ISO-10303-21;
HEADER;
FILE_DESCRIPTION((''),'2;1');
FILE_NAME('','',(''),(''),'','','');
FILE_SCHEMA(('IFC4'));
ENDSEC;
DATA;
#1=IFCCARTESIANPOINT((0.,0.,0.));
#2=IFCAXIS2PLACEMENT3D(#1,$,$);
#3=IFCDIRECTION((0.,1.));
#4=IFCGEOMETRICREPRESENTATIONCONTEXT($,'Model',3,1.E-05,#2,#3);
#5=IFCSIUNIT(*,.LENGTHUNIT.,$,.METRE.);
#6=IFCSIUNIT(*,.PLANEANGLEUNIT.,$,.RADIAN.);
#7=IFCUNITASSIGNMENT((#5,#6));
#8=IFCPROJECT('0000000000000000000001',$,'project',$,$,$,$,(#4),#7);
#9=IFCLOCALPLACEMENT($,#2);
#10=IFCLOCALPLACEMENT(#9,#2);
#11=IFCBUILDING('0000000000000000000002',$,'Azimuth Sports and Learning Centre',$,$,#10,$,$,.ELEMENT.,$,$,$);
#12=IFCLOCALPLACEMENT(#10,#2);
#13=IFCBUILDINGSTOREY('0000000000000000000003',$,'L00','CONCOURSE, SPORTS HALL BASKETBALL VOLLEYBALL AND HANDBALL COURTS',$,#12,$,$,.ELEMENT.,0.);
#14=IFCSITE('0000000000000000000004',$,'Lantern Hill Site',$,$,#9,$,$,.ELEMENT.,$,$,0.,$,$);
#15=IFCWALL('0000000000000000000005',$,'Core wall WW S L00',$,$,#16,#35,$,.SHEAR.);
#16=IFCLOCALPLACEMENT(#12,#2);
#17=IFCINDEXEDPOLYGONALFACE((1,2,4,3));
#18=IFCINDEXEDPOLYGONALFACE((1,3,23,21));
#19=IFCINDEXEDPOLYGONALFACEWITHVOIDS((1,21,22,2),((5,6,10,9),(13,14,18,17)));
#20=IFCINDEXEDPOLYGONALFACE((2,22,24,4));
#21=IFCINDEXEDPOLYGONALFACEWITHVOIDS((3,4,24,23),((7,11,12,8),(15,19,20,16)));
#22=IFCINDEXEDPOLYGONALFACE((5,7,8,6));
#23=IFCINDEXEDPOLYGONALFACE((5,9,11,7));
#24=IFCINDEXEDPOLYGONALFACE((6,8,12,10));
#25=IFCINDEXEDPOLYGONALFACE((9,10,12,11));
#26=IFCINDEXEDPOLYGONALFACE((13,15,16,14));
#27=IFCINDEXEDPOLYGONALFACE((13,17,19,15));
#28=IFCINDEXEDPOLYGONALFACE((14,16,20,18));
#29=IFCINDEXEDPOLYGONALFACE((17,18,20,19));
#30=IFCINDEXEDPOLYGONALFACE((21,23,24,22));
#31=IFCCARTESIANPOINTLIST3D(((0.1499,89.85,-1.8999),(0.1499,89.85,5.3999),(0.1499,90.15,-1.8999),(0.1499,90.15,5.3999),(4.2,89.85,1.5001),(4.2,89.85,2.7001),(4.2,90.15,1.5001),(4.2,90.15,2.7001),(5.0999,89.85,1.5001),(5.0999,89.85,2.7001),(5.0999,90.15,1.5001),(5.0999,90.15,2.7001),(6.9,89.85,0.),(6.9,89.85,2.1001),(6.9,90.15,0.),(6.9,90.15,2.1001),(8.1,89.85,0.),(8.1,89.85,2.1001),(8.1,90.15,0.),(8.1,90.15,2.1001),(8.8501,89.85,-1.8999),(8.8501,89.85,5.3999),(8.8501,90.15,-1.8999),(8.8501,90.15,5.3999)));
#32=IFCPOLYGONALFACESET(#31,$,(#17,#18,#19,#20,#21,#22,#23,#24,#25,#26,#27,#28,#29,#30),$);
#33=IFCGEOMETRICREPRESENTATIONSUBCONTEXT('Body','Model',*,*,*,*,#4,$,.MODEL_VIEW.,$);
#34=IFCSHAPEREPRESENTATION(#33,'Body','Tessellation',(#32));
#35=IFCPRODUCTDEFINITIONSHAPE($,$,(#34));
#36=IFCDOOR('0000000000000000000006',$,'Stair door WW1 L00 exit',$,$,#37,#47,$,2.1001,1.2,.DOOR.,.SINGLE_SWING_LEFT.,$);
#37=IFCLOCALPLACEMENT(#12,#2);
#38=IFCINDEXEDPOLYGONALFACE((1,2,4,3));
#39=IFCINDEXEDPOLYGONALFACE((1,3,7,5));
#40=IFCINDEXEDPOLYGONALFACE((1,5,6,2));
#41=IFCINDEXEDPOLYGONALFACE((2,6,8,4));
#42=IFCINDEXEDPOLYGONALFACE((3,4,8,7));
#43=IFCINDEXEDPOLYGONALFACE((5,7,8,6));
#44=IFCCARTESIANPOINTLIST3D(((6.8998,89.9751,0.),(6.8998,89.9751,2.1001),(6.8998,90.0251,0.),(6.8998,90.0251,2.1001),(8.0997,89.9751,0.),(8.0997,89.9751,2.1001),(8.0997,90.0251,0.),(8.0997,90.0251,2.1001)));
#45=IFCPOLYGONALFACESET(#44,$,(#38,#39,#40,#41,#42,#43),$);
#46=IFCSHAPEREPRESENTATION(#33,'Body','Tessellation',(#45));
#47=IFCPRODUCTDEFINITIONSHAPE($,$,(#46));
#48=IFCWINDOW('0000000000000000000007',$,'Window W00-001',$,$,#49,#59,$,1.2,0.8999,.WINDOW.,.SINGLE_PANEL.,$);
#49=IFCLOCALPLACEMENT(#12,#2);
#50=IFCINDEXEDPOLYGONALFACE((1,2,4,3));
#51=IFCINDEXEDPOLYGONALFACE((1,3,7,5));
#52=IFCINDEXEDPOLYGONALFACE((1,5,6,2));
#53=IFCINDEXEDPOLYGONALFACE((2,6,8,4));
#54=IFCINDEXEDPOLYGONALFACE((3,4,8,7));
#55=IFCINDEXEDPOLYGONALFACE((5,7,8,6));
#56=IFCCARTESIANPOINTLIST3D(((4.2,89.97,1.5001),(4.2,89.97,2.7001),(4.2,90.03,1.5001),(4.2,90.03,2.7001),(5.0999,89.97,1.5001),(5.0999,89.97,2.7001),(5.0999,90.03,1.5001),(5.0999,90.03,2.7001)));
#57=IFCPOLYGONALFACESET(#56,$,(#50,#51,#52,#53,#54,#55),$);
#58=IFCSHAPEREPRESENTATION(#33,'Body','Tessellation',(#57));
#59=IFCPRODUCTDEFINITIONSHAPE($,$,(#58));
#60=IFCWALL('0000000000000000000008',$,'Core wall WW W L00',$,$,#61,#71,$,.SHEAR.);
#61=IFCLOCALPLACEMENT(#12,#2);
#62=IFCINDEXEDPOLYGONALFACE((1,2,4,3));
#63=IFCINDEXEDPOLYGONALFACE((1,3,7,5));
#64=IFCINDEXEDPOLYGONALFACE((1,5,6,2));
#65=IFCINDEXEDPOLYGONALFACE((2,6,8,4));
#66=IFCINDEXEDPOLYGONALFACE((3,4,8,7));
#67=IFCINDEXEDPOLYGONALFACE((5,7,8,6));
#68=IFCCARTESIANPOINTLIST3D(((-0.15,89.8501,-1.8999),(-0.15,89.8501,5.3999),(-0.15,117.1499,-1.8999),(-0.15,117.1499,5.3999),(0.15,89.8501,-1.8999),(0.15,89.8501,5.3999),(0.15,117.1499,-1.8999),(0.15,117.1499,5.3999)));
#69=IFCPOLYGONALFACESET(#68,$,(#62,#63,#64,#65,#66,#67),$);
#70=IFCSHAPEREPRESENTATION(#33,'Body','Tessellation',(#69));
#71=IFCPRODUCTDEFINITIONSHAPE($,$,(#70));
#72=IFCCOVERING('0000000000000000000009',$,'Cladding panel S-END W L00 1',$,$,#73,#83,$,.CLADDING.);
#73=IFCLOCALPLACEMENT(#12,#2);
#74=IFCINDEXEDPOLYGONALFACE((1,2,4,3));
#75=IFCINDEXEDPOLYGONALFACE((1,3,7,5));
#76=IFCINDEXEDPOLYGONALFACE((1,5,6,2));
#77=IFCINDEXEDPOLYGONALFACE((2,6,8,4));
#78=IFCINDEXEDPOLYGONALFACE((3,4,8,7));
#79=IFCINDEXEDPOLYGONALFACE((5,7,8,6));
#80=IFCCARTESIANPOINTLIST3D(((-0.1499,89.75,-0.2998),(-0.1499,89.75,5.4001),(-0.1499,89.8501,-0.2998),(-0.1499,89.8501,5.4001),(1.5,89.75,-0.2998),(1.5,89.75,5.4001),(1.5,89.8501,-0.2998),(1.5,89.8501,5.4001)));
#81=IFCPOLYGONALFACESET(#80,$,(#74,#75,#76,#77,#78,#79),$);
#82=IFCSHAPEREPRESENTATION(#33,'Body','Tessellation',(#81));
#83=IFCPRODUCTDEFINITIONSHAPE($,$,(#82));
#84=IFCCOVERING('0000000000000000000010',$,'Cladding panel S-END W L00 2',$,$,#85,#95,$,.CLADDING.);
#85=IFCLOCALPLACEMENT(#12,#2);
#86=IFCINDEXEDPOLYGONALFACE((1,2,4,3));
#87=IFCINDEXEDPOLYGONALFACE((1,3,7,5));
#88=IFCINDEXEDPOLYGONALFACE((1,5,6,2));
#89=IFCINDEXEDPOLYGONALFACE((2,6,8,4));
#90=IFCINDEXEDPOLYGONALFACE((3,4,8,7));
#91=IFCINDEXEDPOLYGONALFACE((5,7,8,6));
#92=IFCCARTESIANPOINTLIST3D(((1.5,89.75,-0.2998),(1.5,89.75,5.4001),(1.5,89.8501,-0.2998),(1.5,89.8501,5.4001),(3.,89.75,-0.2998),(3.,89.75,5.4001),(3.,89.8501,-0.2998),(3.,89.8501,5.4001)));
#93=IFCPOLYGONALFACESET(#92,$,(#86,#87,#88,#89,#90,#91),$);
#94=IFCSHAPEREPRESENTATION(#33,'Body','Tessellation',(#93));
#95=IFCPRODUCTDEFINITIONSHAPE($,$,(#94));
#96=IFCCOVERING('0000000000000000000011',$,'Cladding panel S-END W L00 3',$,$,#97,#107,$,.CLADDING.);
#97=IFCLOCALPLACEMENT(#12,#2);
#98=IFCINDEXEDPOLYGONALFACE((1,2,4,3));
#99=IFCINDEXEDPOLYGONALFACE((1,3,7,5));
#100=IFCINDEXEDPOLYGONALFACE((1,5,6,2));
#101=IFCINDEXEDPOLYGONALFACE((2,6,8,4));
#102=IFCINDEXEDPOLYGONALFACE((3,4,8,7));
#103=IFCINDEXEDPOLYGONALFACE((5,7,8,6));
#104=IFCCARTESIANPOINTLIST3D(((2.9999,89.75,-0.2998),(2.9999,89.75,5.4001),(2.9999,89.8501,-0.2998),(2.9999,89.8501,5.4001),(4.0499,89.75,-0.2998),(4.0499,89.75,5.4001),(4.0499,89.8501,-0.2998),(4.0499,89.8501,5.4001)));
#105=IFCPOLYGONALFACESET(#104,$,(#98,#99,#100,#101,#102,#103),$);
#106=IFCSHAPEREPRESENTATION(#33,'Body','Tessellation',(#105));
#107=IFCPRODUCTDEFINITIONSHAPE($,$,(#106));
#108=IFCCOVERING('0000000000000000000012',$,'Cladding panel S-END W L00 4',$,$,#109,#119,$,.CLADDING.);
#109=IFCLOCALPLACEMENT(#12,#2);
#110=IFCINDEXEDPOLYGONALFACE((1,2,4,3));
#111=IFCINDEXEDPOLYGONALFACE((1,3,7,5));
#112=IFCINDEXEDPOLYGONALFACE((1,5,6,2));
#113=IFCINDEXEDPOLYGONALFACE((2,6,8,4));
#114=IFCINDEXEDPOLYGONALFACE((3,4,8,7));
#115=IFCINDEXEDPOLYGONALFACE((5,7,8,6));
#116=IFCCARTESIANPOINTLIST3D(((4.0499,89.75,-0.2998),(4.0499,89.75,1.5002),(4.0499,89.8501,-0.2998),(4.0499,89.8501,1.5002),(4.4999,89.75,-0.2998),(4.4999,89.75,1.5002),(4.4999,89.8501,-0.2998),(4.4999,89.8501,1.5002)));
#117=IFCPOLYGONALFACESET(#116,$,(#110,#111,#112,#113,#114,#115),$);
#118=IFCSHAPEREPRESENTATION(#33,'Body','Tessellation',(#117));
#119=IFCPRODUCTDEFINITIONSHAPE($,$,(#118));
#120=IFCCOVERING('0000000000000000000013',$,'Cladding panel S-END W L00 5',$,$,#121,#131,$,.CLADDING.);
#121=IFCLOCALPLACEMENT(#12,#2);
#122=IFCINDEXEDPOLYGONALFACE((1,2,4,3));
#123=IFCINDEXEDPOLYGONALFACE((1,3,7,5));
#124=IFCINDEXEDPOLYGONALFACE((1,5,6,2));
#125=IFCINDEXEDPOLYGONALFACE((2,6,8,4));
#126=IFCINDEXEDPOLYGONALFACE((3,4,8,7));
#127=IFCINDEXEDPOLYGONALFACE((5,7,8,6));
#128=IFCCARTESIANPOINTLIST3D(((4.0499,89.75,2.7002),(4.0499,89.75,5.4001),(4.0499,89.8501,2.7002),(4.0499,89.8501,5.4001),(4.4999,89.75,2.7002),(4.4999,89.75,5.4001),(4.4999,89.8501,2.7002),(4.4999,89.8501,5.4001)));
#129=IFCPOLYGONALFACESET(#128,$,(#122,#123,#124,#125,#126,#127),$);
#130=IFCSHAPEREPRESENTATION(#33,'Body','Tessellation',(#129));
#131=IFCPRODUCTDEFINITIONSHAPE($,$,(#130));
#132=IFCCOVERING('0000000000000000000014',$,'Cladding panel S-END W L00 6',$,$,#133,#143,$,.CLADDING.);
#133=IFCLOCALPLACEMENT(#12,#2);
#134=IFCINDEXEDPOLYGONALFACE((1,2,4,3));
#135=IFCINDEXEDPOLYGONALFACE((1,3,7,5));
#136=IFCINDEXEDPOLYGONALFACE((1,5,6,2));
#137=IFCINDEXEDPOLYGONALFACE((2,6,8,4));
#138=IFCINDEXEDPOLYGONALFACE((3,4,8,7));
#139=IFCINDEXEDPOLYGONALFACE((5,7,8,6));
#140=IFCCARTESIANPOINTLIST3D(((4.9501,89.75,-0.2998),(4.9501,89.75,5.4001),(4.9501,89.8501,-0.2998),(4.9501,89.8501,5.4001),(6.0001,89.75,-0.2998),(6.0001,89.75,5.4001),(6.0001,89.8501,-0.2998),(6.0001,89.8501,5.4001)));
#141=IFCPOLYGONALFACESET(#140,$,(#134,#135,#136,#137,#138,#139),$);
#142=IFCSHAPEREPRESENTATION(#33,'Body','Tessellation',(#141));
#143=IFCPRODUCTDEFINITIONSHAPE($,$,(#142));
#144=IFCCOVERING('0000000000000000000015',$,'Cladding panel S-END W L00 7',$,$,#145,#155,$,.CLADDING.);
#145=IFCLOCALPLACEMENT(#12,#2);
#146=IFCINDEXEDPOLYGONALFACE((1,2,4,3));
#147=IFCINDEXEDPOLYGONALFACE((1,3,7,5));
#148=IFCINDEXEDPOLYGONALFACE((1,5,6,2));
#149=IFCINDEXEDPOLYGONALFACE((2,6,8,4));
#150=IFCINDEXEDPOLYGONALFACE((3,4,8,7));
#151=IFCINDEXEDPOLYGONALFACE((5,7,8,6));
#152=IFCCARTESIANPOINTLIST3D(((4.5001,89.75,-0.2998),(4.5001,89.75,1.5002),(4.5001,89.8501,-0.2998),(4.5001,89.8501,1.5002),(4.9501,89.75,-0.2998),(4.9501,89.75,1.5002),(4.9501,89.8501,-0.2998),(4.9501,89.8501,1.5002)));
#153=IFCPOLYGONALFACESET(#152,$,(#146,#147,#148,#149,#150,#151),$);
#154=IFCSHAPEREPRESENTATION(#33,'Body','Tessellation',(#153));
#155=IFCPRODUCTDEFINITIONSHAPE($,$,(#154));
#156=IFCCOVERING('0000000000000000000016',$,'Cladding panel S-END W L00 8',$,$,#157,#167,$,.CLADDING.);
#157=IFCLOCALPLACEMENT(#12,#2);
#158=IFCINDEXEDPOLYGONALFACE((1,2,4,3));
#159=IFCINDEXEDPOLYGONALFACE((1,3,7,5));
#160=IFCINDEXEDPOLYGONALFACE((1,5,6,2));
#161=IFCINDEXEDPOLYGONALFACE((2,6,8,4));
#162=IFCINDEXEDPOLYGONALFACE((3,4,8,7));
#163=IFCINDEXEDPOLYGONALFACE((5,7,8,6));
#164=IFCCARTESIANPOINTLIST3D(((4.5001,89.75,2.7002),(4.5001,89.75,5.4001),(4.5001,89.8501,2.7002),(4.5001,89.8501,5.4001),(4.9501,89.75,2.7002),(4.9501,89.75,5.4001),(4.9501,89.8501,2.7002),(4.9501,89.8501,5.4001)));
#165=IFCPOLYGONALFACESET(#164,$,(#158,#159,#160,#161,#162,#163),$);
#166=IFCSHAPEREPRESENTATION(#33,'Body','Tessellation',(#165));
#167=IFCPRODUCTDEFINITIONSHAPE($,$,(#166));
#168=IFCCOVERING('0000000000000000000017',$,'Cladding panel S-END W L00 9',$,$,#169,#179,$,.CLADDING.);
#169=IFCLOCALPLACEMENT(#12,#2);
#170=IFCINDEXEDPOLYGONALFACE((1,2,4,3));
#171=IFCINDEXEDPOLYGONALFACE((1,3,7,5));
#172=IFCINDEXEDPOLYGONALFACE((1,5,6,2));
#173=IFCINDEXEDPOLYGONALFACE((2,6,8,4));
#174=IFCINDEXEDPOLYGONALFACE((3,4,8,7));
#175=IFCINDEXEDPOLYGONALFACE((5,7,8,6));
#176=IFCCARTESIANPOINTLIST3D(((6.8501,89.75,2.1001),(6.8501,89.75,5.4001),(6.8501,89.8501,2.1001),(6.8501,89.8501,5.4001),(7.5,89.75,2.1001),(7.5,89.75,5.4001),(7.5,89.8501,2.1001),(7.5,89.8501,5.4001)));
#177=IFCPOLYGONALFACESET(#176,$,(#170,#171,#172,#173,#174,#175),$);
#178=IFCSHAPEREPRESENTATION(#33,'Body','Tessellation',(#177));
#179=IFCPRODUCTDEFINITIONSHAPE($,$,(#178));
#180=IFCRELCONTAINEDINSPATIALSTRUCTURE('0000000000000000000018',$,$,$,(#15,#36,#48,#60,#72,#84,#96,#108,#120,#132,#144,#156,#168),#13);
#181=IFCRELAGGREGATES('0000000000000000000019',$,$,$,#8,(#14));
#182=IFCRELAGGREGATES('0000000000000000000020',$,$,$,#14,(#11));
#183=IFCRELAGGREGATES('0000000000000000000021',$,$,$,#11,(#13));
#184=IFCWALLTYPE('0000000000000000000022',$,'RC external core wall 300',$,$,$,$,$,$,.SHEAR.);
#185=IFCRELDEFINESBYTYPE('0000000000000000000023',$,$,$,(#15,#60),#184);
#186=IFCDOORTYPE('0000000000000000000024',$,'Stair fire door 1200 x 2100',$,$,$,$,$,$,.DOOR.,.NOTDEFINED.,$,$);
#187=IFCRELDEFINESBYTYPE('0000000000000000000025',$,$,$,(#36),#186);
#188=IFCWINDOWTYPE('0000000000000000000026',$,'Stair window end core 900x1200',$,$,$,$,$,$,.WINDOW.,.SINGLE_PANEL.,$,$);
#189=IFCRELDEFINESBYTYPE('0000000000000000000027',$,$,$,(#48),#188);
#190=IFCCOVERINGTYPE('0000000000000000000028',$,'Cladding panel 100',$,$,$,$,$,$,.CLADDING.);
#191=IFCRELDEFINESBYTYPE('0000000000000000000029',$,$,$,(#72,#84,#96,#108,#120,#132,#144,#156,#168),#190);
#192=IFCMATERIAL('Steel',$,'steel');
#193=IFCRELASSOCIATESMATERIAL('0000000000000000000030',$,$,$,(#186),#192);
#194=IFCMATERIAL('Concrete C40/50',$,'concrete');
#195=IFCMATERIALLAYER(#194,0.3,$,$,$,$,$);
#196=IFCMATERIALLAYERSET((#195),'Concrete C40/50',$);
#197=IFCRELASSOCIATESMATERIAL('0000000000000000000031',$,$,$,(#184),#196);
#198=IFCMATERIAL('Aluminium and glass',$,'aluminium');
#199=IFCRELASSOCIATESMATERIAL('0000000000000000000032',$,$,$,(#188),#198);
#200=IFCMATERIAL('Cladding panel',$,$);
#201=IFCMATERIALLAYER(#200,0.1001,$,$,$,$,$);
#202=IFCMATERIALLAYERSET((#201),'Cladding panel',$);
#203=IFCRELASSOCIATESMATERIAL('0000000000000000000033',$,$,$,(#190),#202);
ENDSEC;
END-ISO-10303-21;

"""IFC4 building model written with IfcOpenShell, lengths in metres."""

from ifc_helpers import new_model, si_unit, direction, frame, frame_2d, origin, origin_2d, place, context, subcontext, project, spatial, rectangle, extrude, material, layer, layer_set, type_object, element, fill, save


model = new_model("IFC4")

# Units and contexts
model_context = context("Model", 3, precision=1e-05, world=origin(), true_north=direction((0.0, 1.0)))
body_context = subcontext(model_context, "Body", "Model", "MODEL_VIEW")
ifc_project = project(units=[si_unit("LENGTHUNIT", "METRE"), si_unit("PLANEANGLEUNIT", "RADIAN")], contexts=[model_context])

# Site, building, storey
site_placement = place(None, origin())
site = spatial("IfcSite", under=ifc_project, at=site_placement, Name="Lantern Hill Site", CompositionType="ELEMENT", RefElevation=0.0)
building_placement = place(site_placement, origin())
building = spatial("IfcBuilding", under=site, at=building_placement, Name="Azimuth Sports and Learning Centre", CompositionType="ELEMENT")
storey_placement = place(building_placement, origin())
storey = spatial("IfcBuildingStorey", under=building, at=storey_placement, Name="L00", Description="CONCOURSE, SPORTS HALL BASKETBALL VOLLEYBALL AND HANDBALL COURTS", CompositionType="ELEMENT", Elevation=0.0)

# Shared definitions
ifc_material_1 = material(Name="Steel", Category="steel")
door_type_1 = type_object("IfcDoorType", Name="Stair fire door 1200 x 2100", OperationType="NOTDEFINED", PredefinedType="DOOR", material=ifc_material_1)

# Wall, openings, door, window
ifc_material_2 = material(Name="Concrete C40/50", Category="concrete")
ifc_layer_1 = layer(ifc_material_2, 0.3)
ifc_layer_set_1 = layer_set([ifc_layer_1], Name="Concrete C40/50")
wall_type_1 = type_object("IfcWallType", Name="RC external core wall 300", PredefinedType="SHEAR", material=ifc_layer_set_1)
wall_1_placement = place(storey_placement, frame((0.1499, 90.0, -1.8999), z_axis=(0.0, 0.0, 1.0), x_axis=(1.0, 0.0, 0.0)))
wall_1 = element("IfcWall", 1, at=wall_1_placement, inside=storey, type_object=wall_type_1, Name="Core wall WW S L00", PredefinedType="SHEAR", context=body_context, shape_type="SweptSolid", body=[
    extrude(rectangle(XDim=8.7002, YDim=0.3, at=frame_2d((4.3501, 0.0))), origin(), (0.0, 0.0, 1.0), 7.2998),
])
opening_1_placement = place(wall_1_placement, frame((4.05, 0.0, 3.3999)))
opening_1 = element("IfcOpeningElement", 2, at=opening_1_placement, cuts=wall_1, PredefinedType="OPENING", context=body_context, shape_type="SweptSolid", body=[
    extrude(rectangle(XDim=0.8999, YDim=1.2, at=frame_2d((0.45, 0.6001))), frame((0.0, 0.1611, 0.0), z_axis=(0.0, -1.0, 0.0), x_axis=(1.0, 0.0, 0.0)), (0.0, 0.0, 1.0), 0.322),
])
opening_2_placement = place(wall_1_placement, frame((6.75, 0.0, 1.8999)))
opening_2 = element("IfcOpeningElement", 3, at=opening_2_placement, cuts=wall_1, PredefinedType="OPENING", context=body_context, shape_type="SweptSolid", body=[
    extrude(rectangle(XDim=1.2, YDim=2.1001, at=frame_2d((0.6001, 1.05))), frame((0.0, 0.1611, 0.0), z_axis=(0.0, -1.0, 0.0), x_axis=(1.0, 0.0, 0.0)), (0.0, 0.0, 1.0), 0.322),
])
door_1_placement = place(opening_2_placement, frame((1.2, 0.0, 0.0), z_axis=(0.0, 0.0, 1.0), x_axis=(-1.0, 0.0, 0.0)))
door_1 = element("IfcDoor", 4, at=door_1_placement, inside=storey, type_object=door_type_1, Name="Stair door WW1 L00 exit", OperationType="SINGLE_SWING_LEFT", OverallHeight=2.1001, OverallWidth=1.2, PredefinedType="DOOR", context=body_context, shape_type="SweptSolid", body=[
    extrude(rectangle(XDim=1.2, YDim=2.1001, at=frame_2d((0.6001, 1.05))), frame((0.0, 0.0249, 0.0), z_axis=(0.0, -1.0, 0.0), x_axis=(1.0, 0.0, 0.0)), (0.0, 0.0, 1.0), 0.05),
])
fill(opening_2, door_1)
ifc_material_3 = material(Name="Aluminium and glass", Category="aluminium")
window_type = type_object("IfcWindowType", Name="Stair window end core 900x1200", PartitioningType="SINGLE_PANEL", PredefinedType="WINDOW", material=ifc_material_3)
window_placement = place(opening_1_placement, origin())
window = element("IfcWindow", 5, at=window_placement, inside=storey, type_object=window_type, Name="Window W00-001", OverallHeight=1.2, OverallWidth=0.8999, PartitioningType="SINGLE_PANEL", PredefinedType="WINDOW", context=body_context, shape_type="SweptSolid", body=[
    extrude(rectangle(XDim=0.8999, YDim=1.2, at=frame_2d((0.45, 0.6001))), frame((0.0, 0.03, 0.0), z_axis=(0.0, -1.0, 0.0), x_axis=(1.0, 0.0, 0.0)), (0.0, 0.0, 1.0), 0.0601),
])
fill(opening_1, window)

# Wall
wall_2_placement = place(storey_placement, frame((0.0, 89.8501, -1.8999), z_axis=(0.0, 0.0, 1.0), x_axis=(0.0, 1.0, 0.0)))
element("IfcWall", 6, at=wall_2_placement, inside=storey, type_object=wall_type_1, Name="Core wall WW W L00", PredefinedType="SHEAR", context=body_context, shape_type="SweptSolid", body=[
    extrude(rectangle(XDim=27.2998, YDim=0.3, at=frame_2d((13.6499, 0.0))), origin(), (0.0, 0.0, 1.0), 7.2998),
])

# Coverings
ifc_material_4 = material(Name="Cladding panel")
ifc_layer_2 = layer(ifc_material_4, 0.1001)
ifc_layer_set_2 = layer_set([ifc_layer_2], Name="Cladding panel")
covering_type = type_object("IfcCoveringType", Name="Cladding panel 100", PredefinedType="CLADDING", material=ifc_layer_set_2)
covering_1_placement = place(storey_placement, frame((0.675, 89.8, -0.2998), z_axis=(0.0, 0.0, 1.0), x_axis=(1.0, 0.0, 0.0)))
element("IfcCovering", 7, at=covering_1_placement, inside=storey, type_object=covering_type, Name="Cladding panel S-END W L00 1", PredefinedType="CLADDING", context=body_context, shape_type="SweptSolid", body=[
    extrude(rectangle(XDim=1.6499, YDim=0.1001, at=origin_2d()), origin(), (0.0, 0.0, 1.0), 5.7),
])
covering_2_placement = place(storey_placement, frame((2.25, 89.8, -0.2998), z_axis=(0.0, 0.0, 1.0), x_axis=(1.0, 0.0, 0.0)))
element("IfcCovering", 8, at=covering_2_placement, inside=storey, type_object=covering_type, Name="Cladding panel S-END W L00 2", PredefinedType="CLADDING", context=body_context, shape_type="SweptSolid", body=[
    extrude(rectangle(XDim=1.5, YDim=0.1001, at=origin_2d()), origin(), (0.0, 0.0, 1.0), 5.7),
])
covering_3_placement = place(storey_placement, frame((3.5249, 89.8, -0.2998), z_axis=(0.0, 0.0, 1.0), x_axis=(1.0, 0.0, 0.0)))
element("IfcCovering", 9, at=covering_3_placement, inside=storey, type_object=covering_type, Name="Cladding panel S-END W L00 3", PredefinedType="CLADDING", context=body_context, shape_type="SweptSolid", body=[
    extrude(rectangle(XDim=1.05, YDim=0.1001, at=origin_2d()), origin(), (0.0, 0.0, 1.0), 5.7),
])
covering_4_placement = place(storey_placement, frame((4.2749, 89.8, -0.2998), z_axis=(0.0, 0.0, 1.0), x_axis=(1.0, 0.0, 0.0)))
element("IfcCovering", 10, at=covering_4_placement, inside=storey, type_object=covering_type, Name="Cladding panel S-END W L00 4", PredefinedType="CLADDING", context=body_context, shape_type="SweptSolid", body=[
    extrude(rectangle(XDim=0.45, YDim=0.1001, at=origin_2d()), origin(), (0.0, 0.0, 1.0), 1.8),
])
covering_5_placement = place(storey_placement, frame((4.2749, 89.8, 2.7002), z_axis=(0.0, 0.0, 1.0), x_axis=(1.0, 0.0, 0.0)))
element("IfcCovering", 11, at=covering_5_placement, inside=storey, type_object=covering_type, Name="Cladding panel S-END W L00 5", PredefinedType="CLADDING", context=body_context, shape_type="SweptSolid", body=[
    extrude(rectangle(XDim=0.45, YDim=0.1001, at=origin_2d()), origin(), (0.0, 0.0, 1.0), 2.7),
])
covering_6_placement = place(storey_placement, frame((5.4751, 89.8, -0.2998), z_axis=(0.0, 0.0, 1.0), x_axis=(1.0, 0.0, 0.0)))
element("IfcCovering", 12, at=covering_6_placement, inside=storey, type_object=covering_type, Name="Cladding panel S-END W L00 6", PredefinedType="CLADDING", context=body_context, shape_type="SweptSolid", body=[
    extrude(rectangle(XDim=1.05, YDim=0.1001, at=origin_2d()), origin(), (0.0, 0.0, 1.0), 5.7),
])
covering_7_placement = place(storey_placement, frame((4.7251, 89.8, -0.2998), z_axis=(0.0, 0.0, 1.0), x_axis=(1.0, 0.0, 0.0)))
element("IfcCovering", 13, at=covering_7_placement, inside=storey, type_object=covering_type, Name="Cladding panel S-END W L00 7", PredefinedType="CLADDING", context=body_context, shape_type="SweptSolid", body=[
    extrude(rectangle(XDim=0.45, YDim=0.1001, at=origin_2d()), origin(), (0.0, 0.0, 1.0), 1.8),
])
covering_8_placement = place(storey_placement, frame((4.7251, 89.8, 2.7002), z_axis=(0.0, 0.0, 1.0), x_axis=(1.0, 0.0, 0.0)))
element("IfcCovering", 14, at=covering_8_placement, inside=storey, type_object=covering_type, Name="Cladding panel S-END W L00 8", PredefinedType="CLADDING", context=body_context, shape_type="SweptSolid", body=[
    extrude(rectangle(XDim=0.45, YDim=0.1001, at=origin_2d()), origin(), (0.0, 0.0, 1.0), 2.7),
])
covering_9_placement = place(storey_placement, frame((7.175, 89.8, 2.1001), z_axis=(0.0, 0.0, 1.0), x_axis=(1.0, 0.0, 0.0)))
element("IfcCovering", 15, at=covering_9_placement, inside=storey, type_object=covering_type, Name="Cladding panel S-END W L00 9", PredefinedType="CLADDING", context=body_context, shape_type="SweptSolid", body=[
    extrude(rectangle(XDim=0.6499, YDim=0.1001, at=origin_2d()), origin(), (0.0, 0.0, 1.0), 3.3),
])

save(model, "model.ifc")
